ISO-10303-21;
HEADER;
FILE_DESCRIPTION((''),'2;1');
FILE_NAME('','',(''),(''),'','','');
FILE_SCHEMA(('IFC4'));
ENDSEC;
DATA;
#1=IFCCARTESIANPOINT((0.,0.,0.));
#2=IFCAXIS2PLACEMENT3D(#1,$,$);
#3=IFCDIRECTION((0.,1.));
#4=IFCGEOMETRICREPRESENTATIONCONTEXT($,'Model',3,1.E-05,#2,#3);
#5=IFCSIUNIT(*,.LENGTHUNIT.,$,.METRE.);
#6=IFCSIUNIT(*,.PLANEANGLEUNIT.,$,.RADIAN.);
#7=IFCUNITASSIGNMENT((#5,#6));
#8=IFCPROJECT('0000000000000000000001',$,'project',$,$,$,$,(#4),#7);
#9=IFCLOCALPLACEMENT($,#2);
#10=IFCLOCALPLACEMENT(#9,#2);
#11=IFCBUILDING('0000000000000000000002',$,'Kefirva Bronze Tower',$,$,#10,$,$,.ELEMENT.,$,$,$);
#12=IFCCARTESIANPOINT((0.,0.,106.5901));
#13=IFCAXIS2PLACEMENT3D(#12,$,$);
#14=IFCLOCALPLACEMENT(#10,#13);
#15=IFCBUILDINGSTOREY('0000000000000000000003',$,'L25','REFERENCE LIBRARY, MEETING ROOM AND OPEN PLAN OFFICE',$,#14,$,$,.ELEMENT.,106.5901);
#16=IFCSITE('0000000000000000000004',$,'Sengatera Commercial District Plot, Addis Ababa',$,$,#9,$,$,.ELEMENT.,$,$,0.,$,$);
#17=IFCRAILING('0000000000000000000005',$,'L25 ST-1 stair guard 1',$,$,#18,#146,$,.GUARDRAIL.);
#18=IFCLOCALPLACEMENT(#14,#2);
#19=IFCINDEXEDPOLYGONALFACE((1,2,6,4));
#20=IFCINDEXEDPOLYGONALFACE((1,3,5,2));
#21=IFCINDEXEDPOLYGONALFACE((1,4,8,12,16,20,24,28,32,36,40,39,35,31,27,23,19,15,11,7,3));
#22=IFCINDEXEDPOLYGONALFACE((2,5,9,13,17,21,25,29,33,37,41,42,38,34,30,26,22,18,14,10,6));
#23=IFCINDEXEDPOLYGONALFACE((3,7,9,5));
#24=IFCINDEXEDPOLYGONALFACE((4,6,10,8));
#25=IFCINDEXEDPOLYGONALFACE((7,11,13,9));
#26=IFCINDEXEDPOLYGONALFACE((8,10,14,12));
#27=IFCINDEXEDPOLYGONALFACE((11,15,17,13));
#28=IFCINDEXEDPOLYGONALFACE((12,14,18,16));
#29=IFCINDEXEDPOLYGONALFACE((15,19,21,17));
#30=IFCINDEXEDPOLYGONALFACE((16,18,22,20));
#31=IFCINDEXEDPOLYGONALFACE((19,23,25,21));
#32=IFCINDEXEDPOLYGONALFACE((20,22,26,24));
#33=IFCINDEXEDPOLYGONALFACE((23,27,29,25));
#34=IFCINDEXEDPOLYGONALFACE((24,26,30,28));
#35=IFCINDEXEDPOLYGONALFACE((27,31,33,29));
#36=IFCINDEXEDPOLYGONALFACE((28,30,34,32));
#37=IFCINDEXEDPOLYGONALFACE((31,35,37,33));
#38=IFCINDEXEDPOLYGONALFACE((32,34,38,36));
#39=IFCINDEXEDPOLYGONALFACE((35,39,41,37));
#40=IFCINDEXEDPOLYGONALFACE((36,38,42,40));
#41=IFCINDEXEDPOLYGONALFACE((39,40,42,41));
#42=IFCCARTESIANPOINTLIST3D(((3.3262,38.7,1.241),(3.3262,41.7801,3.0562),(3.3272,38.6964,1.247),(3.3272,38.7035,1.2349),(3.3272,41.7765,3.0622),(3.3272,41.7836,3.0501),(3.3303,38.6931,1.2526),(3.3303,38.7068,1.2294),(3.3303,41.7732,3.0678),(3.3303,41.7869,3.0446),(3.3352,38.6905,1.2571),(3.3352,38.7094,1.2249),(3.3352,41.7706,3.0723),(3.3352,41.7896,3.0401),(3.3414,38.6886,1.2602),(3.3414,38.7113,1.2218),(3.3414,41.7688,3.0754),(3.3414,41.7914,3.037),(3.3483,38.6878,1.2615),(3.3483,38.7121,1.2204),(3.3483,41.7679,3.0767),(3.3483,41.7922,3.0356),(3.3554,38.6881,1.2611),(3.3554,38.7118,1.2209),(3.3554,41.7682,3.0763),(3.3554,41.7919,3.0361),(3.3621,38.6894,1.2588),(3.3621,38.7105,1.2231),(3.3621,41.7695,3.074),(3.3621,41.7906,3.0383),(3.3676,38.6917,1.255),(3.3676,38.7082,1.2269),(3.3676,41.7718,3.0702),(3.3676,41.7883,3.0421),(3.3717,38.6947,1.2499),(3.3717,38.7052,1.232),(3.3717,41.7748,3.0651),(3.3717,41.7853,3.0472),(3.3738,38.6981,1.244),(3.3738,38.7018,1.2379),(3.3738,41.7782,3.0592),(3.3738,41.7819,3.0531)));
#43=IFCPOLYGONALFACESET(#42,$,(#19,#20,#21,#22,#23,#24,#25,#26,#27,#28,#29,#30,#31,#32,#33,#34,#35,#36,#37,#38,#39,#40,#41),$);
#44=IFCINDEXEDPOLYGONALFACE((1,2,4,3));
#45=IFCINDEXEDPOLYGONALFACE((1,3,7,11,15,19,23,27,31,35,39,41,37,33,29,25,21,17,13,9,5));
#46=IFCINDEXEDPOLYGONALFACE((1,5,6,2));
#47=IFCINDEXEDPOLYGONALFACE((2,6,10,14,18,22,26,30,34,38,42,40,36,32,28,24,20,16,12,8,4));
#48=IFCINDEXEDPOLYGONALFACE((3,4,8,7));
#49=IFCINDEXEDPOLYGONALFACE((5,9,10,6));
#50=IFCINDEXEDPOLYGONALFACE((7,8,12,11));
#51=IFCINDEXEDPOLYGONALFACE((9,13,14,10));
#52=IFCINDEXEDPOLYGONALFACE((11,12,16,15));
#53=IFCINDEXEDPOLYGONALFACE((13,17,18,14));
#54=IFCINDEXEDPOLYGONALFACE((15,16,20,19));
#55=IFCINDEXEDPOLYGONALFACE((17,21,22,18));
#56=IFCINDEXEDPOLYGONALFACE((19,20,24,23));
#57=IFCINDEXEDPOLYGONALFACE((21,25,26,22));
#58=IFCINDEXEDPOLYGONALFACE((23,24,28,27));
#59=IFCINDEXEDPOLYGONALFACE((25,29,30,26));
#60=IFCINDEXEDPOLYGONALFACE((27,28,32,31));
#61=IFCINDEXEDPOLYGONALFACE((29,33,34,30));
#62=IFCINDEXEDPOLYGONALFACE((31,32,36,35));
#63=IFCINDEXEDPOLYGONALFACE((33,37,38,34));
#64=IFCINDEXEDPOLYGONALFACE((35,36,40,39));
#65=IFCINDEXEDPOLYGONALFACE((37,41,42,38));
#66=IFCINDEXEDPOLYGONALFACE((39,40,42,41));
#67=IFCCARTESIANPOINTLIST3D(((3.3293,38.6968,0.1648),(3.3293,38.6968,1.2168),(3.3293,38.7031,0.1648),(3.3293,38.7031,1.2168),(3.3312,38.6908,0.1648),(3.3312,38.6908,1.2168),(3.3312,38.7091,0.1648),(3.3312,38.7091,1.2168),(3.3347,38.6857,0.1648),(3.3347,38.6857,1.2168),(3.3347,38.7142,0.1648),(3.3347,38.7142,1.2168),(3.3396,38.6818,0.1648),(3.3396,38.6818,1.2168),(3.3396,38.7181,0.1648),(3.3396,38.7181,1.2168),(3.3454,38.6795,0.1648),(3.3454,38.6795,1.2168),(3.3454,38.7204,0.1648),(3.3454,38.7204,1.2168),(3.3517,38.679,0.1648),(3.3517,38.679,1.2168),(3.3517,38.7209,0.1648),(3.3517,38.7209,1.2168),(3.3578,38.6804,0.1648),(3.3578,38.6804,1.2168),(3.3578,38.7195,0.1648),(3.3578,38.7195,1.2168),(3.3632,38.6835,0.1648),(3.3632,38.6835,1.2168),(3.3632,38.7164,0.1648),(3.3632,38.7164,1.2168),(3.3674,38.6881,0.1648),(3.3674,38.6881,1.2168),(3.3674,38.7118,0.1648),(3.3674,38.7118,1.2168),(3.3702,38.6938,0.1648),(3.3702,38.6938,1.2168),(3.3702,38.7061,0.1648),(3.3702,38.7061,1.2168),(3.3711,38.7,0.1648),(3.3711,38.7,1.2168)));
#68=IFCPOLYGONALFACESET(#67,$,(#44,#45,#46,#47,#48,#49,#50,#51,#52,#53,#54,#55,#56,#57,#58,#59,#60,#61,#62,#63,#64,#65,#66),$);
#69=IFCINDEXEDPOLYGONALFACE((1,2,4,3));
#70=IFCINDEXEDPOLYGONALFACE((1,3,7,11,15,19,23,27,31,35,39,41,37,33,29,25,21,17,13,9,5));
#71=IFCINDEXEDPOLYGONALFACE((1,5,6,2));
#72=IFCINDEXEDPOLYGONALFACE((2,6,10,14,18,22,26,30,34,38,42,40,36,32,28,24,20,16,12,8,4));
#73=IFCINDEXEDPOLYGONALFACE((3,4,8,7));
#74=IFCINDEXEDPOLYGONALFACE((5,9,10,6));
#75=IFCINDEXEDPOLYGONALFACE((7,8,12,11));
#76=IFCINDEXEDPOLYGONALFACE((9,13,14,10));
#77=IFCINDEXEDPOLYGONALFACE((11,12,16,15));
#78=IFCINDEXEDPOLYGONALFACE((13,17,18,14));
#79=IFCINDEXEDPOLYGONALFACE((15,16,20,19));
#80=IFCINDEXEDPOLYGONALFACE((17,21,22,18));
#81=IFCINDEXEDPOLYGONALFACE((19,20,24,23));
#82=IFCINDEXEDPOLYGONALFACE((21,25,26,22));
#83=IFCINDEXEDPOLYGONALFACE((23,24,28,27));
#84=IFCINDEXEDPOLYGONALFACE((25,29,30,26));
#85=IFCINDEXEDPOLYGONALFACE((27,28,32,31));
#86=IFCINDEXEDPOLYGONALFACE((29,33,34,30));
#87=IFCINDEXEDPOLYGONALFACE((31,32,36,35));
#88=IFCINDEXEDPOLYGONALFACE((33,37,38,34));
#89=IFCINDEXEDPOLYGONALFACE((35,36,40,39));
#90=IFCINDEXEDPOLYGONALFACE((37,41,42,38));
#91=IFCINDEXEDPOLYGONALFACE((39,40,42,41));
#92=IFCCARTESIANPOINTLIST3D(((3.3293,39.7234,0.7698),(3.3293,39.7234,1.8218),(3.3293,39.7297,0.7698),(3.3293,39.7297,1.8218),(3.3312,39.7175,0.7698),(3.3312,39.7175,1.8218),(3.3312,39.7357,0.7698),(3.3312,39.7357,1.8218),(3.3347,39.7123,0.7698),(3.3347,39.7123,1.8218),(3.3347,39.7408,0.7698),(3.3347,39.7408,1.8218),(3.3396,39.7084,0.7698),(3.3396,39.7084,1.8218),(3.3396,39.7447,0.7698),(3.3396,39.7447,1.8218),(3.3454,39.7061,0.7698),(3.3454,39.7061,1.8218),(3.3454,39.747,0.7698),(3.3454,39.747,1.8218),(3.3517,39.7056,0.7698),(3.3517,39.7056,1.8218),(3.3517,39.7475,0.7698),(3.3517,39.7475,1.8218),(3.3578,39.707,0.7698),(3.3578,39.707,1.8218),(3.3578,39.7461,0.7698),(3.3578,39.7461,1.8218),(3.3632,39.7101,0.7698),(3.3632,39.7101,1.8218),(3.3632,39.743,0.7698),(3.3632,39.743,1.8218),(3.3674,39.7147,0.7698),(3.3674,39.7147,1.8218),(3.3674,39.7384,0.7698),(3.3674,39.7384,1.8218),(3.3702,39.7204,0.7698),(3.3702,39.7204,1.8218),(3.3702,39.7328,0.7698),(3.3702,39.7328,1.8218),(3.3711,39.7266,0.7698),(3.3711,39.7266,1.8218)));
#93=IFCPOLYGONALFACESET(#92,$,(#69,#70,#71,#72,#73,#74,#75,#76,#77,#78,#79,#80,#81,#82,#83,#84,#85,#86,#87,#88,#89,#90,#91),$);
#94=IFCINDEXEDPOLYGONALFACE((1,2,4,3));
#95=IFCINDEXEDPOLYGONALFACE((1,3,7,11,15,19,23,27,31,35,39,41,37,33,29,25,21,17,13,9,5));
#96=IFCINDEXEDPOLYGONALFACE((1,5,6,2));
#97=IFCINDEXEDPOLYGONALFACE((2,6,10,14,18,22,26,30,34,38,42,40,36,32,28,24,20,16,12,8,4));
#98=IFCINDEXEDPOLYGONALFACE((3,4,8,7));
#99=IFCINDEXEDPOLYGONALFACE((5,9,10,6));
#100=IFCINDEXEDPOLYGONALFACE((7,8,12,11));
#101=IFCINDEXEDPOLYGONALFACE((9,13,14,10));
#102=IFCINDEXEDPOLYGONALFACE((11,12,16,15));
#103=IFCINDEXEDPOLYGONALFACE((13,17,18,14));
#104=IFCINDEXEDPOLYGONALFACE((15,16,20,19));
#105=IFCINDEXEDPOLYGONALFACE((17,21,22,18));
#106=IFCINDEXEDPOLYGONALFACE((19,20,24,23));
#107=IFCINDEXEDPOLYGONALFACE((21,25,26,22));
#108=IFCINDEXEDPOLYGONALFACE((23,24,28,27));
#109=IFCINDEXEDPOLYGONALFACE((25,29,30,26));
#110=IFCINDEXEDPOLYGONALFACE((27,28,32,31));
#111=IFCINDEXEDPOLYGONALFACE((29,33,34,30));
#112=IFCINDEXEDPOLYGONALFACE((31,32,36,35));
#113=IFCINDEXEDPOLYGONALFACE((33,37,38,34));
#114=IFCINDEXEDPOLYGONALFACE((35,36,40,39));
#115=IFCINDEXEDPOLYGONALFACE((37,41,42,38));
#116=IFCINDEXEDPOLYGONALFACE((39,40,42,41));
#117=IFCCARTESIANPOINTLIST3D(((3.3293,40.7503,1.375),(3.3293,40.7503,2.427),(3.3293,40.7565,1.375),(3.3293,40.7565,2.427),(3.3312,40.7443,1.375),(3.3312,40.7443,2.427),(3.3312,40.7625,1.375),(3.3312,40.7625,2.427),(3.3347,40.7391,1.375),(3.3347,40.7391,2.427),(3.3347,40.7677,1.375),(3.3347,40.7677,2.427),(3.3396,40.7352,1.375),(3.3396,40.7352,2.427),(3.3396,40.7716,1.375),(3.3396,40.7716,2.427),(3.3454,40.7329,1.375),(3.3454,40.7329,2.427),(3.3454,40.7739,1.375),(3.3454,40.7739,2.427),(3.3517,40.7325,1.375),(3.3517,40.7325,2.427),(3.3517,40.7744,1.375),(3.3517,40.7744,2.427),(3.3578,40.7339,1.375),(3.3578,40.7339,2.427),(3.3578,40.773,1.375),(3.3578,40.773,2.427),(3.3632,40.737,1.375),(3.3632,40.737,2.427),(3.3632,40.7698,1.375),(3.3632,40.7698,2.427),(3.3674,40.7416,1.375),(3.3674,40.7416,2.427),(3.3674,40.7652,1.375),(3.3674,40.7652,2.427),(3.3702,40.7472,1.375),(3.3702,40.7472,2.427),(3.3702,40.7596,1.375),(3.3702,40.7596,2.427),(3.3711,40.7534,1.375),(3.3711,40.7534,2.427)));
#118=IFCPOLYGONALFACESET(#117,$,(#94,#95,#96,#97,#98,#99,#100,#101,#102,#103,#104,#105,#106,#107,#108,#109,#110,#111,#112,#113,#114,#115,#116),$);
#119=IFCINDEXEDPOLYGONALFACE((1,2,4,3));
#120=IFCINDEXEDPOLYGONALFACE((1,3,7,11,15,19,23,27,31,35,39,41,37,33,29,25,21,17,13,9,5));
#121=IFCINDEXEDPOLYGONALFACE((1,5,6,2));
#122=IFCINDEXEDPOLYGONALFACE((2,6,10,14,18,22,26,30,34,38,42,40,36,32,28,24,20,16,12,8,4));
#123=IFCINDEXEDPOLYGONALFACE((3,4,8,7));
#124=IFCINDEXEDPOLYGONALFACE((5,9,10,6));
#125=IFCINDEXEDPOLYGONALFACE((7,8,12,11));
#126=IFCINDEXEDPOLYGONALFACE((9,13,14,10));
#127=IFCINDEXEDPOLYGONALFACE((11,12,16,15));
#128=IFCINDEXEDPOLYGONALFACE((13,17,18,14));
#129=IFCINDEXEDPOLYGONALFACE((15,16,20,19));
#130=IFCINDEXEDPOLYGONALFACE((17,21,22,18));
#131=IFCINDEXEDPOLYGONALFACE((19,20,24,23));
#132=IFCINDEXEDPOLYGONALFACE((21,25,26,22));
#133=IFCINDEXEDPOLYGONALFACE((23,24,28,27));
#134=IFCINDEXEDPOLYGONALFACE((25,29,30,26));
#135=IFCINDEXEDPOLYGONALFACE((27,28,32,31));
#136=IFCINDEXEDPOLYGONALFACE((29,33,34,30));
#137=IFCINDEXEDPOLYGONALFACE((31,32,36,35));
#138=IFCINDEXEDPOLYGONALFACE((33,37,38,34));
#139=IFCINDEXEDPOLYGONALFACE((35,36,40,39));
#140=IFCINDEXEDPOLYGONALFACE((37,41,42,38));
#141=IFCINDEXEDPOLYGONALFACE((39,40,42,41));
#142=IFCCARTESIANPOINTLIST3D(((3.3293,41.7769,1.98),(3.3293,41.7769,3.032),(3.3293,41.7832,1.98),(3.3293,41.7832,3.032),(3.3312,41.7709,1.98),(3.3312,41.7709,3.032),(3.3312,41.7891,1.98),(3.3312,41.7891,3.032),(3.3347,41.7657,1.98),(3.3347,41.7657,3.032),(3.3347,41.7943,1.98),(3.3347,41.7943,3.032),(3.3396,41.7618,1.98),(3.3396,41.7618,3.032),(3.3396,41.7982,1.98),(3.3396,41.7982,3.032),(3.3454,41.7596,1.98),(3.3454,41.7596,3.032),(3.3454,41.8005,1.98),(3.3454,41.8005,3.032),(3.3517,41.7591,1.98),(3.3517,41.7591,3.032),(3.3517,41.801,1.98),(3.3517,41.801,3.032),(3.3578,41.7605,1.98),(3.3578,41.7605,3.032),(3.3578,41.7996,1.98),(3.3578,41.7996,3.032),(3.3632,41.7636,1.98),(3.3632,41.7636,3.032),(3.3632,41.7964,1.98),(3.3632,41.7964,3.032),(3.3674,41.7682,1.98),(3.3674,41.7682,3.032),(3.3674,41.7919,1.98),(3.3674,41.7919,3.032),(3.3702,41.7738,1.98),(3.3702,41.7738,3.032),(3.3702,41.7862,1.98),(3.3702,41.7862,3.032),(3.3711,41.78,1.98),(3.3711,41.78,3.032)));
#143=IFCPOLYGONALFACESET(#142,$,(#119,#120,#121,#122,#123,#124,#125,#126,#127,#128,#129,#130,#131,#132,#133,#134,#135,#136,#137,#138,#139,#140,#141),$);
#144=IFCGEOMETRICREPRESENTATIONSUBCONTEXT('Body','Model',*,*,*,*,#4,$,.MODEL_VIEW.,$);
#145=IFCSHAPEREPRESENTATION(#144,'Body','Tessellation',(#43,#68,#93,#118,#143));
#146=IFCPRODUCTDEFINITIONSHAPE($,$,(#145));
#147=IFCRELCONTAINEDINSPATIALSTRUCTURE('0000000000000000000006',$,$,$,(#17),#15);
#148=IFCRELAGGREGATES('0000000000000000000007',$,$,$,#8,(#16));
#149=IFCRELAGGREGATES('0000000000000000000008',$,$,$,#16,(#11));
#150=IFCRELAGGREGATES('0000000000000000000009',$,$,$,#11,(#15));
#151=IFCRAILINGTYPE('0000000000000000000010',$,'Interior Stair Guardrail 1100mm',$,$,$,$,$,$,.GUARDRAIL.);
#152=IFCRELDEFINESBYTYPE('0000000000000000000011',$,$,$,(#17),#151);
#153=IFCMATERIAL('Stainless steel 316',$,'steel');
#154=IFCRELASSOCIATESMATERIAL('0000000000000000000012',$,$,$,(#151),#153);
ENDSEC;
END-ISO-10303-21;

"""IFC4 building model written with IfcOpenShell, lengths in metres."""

from ifc_helpers import new_model, si_unit, direction, frame, origin, origin_2d, place, context, subcontext, project, spatial, circle, extrude, material, type_object, element, save


model = new_model("IFC4")

# Units and contexts
model_context = context("Model", 3, precision=1e-05, world=origin(), true_north=direction((0.0, 1.0)))
body_context = subcontext(model_context, "Body", "Model", "MODEL_VIEW")
ifc_project = project(units=[si_unit("LENGTHUNIT", "METRE"), si_unit("PLANEANGLEUNIT", "RADIAN")], contexts=[model_context])

# Site, building, storey
site_placement = place(None, origin())
site = spatial("IfcSite", under=ifc_project, at=site_placement, Name="Sengatera Commercial District Plot, Addis Ababa", CompositionType="ELEMENT", RefElevation=0.0)
building_placement = place(site_placement, origin())
building = spatial("IfcBuilding", under=site, at=building_placement, Name="Kefirva Bronze Tower", CompositionType="ELEMENT")
storey_placement = place(building_placement, frame((0.0, 0.0, 106.5901)))
storey = spatial("IfcBuildingStorey", under=building, at=storey_placement, Name="L25", Description="REFERENCE LIBRARY, MEETING ROOM AND OPEN PLAN OFFICE", CompositionType="ELEMENT", Elevation=106.5901)

# Railing
ifc_material_1 = material(Name="Stainless steel 316", Category="steel")
railing_type_1 = type_object("IfcRailingType", Name="Interior Stair Guardrail 1100mm", PredefinedType="GUARDRAIL", material=ifc_material_1)
railing_1_placement = place(storey_placement, frame((3.3501, 38.7, 0.1648)))
element("IfcRailing", 1, at=railing_1_placement, inside=storey, type_object=railing_type_1, Name="L25 ST-1 stair guard 1", PredefinedType="GUARDRAIL", context=body_context, shape_type="SweptSolid", body=[
    extrude(circle(Radius=0.0239, at=origin_2d()), frame((0.0, 0.0, 1.0762), z_axis=(0.0, 0.861521, 0.507721), x_axis=(-1.0, 0.0, 0.0)), (0.0, 0.0, 1.0), 3.5752),
    extrude(circle(Radius=0.021, at=origin_2d()), origin(), (0.0, 0.0, 1.0), 1.052),
    extrude(circle(Radius=0.021, at=origin_2d()), frame((0.0, 1.0266, 0.605)), (0.0, 0.0, 1.0), 1.052),
    extrude(circle(Radius=0.021, at=origin_2d()), frame((0.0, 2.0535, 1.2102)), (0.0, 0.0, 1.0), 1.052),
    extrude(circle(Radius=0.021, at=origin_2d()), frame((0.0, 3.0801, 1.8152)), (0.0, 0.0, 1.0), 1.052),
])

save(model, "model.ifc")
